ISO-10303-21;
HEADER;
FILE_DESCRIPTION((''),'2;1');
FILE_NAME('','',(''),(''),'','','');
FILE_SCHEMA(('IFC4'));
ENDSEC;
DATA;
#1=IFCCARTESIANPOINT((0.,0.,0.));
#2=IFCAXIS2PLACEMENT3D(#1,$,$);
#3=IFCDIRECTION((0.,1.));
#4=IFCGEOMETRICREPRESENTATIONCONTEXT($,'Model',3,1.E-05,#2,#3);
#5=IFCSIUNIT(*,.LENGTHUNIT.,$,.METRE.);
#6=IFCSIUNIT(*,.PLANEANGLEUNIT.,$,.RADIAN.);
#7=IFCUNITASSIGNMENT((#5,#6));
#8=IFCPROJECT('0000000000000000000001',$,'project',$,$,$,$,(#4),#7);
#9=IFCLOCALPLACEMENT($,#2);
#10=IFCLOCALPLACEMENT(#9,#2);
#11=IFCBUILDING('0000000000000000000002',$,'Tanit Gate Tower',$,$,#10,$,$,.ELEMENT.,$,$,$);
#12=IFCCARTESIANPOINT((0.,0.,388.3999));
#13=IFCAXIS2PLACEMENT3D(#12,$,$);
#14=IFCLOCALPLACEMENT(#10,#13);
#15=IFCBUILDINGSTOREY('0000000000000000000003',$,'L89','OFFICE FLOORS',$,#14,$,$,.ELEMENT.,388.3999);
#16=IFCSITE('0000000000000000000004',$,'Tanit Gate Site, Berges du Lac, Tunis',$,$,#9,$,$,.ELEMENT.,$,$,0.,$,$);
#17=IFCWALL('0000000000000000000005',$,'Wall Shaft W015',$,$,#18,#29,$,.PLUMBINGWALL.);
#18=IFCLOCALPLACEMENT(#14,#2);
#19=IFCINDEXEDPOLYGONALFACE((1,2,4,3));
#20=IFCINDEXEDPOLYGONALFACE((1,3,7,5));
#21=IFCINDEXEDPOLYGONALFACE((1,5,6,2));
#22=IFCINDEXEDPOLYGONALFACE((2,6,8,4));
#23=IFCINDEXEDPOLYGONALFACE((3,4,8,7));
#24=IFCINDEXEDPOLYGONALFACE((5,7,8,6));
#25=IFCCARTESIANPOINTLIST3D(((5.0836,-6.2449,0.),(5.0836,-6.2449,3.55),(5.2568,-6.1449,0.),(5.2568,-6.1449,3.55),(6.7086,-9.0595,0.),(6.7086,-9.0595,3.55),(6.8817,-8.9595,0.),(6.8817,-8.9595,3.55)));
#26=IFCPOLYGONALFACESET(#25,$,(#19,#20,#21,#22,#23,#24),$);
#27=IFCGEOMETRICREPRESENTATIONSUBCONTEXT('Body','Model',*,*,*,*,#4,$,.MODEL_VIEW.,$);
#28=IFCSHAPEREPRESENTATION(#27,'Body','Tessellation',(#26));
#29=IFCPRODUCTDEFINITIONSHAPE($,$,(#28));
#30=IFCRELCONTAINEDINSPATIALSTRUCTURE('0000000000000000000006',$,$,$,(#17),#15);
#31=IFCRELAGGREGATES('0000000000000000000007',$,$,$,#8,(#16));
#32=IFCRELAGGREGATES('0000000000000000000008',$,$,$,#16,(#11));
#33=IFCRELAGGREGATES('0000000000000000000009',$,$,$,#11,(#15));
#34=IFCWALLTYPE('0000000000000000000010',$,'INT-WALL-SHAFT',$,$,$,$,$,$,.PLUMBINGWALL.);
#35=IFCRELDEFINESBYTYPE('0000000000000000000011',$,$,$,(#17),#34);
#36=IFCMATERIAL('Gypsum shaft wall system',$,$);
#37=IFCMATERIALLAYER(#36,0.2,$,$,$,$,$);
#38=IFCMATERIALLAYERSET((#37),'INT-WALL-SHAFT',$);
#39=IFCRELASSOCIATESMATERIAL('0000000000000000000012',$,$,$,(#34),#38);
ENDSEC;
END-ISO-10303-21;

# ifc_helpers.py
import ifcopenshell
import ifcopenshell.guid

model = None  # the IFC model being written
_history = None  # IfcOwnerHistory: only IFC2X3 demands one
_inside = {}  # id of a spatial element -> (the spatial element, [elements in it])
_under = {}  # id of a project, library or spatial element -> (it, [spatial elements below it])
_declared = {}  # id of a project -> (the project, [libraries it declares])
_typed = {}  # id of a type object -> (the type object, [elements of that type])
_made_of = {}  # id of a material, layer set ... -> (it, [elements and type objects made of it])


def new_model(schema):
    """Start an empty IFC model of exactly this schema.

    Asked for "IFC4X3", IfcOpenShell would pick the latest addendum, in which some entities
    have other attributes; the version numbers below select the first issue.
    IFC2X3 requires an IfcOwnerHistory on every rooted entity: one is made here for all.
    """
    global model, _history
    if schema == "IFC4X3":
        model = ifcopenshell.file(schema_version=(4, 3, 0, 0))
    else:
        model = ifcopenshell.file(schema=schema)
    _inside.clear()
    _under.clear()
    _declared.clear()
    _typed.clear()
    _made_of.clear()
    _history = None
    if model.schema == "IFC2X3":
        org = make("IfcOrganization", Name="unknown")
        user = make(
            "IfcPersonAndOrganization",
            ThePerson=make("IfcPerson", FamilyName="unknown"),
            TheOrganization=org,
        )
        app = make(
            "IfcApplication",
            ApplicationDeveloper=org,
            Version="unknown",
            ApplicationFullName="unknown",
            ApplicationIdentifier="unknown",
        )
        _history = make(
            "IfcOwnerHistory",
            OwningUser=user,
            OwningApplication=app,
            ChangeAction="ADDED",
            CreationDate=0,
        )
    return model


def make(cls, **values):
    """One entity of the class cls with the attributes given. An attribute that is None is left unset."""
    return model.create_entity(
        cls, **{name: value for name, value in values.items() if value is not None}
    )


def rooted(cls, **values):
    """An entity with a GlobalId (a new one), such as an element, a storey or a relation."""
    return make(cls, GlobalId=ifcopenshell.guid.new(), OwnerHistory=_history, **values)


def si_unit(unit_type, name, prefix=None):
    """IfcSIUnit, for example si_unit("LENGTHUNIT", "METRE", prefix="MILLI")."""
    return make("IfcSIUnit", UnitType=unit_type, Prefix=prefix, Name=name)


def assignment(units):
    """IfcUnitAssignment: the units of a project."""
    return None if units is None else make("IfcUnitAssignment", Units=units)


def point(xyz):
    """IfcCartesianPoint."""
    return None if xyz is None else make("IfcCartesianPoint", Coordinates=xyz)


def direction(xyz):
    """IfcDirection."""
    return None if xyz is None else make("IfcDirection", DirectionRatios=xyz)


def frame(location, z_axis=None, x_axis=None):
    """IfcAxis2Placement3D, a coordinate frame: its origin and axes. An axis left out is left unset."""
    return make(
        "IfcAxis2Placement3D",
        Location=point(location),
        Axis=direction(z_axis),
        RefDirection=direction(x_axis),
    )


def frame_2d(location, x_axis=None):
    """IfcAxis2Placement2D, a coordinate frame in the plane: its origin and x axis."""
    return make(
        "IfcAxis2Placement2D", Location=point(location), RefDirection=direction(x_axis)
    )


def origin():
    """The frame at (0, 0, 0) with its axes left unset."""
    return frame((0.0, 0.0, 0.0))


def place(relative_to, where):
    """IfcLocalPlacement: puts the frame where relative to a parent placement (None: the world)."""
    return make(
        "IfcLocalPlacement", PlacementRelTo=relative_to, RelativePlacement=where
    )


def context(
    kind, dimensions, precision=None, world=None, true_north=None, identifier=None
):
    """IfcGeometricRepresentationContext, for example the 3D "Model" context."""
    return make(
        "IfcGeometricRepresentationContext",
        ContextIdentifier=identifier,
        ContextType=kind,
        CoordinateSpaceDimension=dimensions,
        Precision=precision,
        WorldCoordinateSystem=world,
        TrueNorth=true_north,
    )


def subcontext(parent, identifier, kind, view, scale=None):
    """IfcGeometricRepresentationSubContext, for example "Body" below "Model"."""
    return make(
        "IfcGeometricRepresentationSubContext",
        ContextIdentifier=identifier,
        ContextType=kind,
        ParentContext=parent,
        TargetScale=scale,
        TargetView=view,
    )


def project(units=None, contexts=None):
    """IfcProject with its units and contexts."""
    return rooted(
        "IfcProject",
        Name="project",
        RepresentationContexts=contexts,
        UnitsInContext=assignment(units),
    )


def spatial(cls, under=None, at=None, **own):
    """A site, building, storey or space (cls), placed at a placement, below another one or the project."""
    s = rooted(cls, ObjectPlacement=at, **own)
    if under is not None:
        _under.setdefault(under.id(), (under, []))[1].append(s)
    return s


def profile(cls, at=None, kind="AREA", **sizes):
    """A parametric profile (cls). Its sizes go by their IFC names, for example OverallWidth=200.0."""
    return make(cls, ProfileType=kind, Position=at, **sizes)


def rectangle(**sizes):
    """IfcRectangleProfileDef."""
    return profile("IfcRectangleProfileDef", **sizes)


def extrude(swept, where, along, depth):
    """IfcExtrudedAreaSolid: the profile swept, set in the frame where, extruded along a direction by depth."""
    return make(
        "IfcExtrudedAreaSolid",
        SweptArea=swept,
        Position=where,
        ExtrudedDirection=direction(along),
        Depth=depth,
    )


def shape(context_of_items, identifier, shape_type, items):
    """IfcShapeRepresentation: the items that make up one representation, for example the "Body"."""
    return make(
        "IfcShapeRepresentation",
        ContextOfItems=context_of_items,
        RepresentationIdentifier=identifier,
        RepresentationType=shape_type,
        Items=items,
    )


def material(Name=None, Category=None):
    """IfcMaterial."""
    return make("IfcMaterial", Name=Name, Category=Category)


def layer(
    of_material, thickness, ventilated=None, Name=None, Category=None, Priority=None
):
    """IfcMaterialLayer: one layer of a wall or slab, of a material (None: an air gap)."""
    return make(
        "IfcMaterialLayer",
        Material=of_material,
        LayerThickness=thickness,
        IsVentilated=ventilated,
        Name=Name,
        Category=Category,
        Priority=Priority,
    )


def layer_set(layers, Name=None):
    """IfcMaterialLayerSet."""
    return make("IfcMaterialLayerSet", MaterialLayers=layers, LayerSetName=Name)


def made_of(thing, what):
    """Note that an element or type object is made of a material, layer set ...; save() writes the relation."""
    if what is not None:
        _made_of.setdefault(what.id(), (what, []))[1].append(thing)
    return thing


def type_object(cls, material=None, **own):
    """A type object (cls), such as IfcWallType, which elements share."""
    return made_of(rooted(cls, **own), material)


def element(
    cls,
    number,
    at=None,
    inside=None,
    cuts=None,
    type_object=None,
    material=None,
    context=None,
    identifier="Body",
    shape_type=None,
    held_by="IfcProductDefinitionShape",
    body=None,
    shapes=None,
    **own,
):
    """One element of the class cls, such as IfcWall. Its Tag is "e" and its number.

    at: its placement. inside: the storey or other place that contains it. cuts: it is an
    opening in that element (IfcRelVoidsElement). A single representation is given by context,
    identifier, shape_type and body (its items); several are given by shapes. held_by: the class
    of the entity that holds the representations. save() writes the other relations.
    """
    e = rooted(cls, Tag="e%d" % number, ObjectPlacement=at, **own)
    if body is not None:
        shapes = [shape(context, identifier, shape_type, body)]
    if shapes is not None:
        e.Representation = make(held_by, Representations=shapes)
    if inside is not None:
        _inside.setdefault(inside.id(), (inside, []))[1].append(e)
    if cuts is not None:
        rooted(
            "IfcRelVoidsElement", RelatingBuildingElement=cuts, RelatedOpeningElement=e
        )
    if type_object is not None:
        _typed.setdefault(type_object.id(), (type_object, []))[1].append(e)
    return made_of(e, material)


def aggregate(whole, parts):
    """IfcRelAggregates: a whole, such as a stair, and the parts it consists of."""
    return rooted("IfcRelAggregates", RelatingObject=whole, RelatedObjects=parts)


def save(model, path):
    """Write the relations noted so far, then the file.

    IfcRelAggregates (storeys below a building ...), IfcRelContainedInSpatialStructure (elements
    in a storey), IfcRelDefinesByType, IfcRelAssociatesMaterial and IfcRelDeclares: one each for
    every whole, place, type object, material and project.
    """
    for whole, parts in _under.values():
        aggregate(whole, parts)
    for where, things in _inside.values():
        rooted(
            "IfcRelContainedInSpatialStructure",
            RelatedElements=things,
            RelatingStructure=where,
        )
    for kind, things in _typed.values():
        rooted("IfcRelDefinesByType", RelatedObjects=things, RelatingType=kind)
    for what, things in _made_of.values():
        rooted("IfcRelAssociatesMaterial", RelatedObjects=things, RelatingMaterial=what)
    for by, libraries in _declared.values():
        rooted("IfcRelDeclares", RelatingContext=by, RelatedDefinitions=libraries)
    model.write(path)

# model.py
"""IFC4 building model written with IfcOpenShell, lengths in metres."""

from ifc_helpers import new_model, si_unit, direction, frame, frame_2d, origin, place, context, subcontext, project, spatial, rectangle, extrude, material, layer, layer_set, type_object, element, save


model = new_model("IFC4")

# Units and contexts
model_context = context("Model", 3, precision=1e-05, world=origin(), true_north=direction((0.0, 1.0)))
body_context = subcontext(model_context, "Body", "Model", "MODEL_VIEW")
ifc_project = project(units=[si_unit("LENGTHUNIT", "METRE"), si_unit("PLANEANGLEUNIT", "RADIAN")], contexts=[model_context])

# Site, building, storey
site_placement = place(None, origin())
site = spatial("IfcSite", under=ifc_project, at=site_placement, Name="Tanit Gate Site, Berges du Lac, Tunis", CompositionType="ELEMENT", RefElevation=0.0)
building_placement = place(site_placement, origin())
building = spatial("IfcBuilding", under=site, at=building_placement, Name="Tanit Gate Tower", CompositionType="ELEMENT")
storey_placement = place(building_placement, frame((0.0, 0.0, 388.3999)))
storey = spatial("IfcBuildingStorey", under=building, at=storey_placement, Name="L89", Description="OFFICE FLOORS", CompositionType="ELEMENT", Elevation=388.3999)

# Wall
ifc_material_1 = material(Name="Gypsum shaft wall system")
ifc_layer_1 = layer(ifc_material_1, 0.2)
ifc_layer_set_1 = layer_set([ifc_layer_1], Name="INT-WALL-SHAFT")
wall_type_1 = type_object("IfcWallType", Name="INT-WALL-SHAFT", PredefinedType="PLUMBINGWALL", material=ifc_layer_set_1)
wall_1_placement = place(storey_placement, frame((6.7952, -9.0095, 0.0), z_axis=(0.0, 0.0, 1.0), x_axis=(-0.499985, 0.866034, 0.0)))
element("IfcWall", 1, at=wall_1_placement, inside=storey, type_object=wall_type_1, Name="Wall Shaft W015", PredefinedType="PLUMBINGWALL", context=body_context, shape_type="SweptSolid", body=[
    extrude(rectangle(XDim=3.25, YDim=0.2, at=frame_2d((1.625, 0.0))), origin(), (0.0, 0.0, 1.0), 3.55),
])

save(model, "model.ifc")
